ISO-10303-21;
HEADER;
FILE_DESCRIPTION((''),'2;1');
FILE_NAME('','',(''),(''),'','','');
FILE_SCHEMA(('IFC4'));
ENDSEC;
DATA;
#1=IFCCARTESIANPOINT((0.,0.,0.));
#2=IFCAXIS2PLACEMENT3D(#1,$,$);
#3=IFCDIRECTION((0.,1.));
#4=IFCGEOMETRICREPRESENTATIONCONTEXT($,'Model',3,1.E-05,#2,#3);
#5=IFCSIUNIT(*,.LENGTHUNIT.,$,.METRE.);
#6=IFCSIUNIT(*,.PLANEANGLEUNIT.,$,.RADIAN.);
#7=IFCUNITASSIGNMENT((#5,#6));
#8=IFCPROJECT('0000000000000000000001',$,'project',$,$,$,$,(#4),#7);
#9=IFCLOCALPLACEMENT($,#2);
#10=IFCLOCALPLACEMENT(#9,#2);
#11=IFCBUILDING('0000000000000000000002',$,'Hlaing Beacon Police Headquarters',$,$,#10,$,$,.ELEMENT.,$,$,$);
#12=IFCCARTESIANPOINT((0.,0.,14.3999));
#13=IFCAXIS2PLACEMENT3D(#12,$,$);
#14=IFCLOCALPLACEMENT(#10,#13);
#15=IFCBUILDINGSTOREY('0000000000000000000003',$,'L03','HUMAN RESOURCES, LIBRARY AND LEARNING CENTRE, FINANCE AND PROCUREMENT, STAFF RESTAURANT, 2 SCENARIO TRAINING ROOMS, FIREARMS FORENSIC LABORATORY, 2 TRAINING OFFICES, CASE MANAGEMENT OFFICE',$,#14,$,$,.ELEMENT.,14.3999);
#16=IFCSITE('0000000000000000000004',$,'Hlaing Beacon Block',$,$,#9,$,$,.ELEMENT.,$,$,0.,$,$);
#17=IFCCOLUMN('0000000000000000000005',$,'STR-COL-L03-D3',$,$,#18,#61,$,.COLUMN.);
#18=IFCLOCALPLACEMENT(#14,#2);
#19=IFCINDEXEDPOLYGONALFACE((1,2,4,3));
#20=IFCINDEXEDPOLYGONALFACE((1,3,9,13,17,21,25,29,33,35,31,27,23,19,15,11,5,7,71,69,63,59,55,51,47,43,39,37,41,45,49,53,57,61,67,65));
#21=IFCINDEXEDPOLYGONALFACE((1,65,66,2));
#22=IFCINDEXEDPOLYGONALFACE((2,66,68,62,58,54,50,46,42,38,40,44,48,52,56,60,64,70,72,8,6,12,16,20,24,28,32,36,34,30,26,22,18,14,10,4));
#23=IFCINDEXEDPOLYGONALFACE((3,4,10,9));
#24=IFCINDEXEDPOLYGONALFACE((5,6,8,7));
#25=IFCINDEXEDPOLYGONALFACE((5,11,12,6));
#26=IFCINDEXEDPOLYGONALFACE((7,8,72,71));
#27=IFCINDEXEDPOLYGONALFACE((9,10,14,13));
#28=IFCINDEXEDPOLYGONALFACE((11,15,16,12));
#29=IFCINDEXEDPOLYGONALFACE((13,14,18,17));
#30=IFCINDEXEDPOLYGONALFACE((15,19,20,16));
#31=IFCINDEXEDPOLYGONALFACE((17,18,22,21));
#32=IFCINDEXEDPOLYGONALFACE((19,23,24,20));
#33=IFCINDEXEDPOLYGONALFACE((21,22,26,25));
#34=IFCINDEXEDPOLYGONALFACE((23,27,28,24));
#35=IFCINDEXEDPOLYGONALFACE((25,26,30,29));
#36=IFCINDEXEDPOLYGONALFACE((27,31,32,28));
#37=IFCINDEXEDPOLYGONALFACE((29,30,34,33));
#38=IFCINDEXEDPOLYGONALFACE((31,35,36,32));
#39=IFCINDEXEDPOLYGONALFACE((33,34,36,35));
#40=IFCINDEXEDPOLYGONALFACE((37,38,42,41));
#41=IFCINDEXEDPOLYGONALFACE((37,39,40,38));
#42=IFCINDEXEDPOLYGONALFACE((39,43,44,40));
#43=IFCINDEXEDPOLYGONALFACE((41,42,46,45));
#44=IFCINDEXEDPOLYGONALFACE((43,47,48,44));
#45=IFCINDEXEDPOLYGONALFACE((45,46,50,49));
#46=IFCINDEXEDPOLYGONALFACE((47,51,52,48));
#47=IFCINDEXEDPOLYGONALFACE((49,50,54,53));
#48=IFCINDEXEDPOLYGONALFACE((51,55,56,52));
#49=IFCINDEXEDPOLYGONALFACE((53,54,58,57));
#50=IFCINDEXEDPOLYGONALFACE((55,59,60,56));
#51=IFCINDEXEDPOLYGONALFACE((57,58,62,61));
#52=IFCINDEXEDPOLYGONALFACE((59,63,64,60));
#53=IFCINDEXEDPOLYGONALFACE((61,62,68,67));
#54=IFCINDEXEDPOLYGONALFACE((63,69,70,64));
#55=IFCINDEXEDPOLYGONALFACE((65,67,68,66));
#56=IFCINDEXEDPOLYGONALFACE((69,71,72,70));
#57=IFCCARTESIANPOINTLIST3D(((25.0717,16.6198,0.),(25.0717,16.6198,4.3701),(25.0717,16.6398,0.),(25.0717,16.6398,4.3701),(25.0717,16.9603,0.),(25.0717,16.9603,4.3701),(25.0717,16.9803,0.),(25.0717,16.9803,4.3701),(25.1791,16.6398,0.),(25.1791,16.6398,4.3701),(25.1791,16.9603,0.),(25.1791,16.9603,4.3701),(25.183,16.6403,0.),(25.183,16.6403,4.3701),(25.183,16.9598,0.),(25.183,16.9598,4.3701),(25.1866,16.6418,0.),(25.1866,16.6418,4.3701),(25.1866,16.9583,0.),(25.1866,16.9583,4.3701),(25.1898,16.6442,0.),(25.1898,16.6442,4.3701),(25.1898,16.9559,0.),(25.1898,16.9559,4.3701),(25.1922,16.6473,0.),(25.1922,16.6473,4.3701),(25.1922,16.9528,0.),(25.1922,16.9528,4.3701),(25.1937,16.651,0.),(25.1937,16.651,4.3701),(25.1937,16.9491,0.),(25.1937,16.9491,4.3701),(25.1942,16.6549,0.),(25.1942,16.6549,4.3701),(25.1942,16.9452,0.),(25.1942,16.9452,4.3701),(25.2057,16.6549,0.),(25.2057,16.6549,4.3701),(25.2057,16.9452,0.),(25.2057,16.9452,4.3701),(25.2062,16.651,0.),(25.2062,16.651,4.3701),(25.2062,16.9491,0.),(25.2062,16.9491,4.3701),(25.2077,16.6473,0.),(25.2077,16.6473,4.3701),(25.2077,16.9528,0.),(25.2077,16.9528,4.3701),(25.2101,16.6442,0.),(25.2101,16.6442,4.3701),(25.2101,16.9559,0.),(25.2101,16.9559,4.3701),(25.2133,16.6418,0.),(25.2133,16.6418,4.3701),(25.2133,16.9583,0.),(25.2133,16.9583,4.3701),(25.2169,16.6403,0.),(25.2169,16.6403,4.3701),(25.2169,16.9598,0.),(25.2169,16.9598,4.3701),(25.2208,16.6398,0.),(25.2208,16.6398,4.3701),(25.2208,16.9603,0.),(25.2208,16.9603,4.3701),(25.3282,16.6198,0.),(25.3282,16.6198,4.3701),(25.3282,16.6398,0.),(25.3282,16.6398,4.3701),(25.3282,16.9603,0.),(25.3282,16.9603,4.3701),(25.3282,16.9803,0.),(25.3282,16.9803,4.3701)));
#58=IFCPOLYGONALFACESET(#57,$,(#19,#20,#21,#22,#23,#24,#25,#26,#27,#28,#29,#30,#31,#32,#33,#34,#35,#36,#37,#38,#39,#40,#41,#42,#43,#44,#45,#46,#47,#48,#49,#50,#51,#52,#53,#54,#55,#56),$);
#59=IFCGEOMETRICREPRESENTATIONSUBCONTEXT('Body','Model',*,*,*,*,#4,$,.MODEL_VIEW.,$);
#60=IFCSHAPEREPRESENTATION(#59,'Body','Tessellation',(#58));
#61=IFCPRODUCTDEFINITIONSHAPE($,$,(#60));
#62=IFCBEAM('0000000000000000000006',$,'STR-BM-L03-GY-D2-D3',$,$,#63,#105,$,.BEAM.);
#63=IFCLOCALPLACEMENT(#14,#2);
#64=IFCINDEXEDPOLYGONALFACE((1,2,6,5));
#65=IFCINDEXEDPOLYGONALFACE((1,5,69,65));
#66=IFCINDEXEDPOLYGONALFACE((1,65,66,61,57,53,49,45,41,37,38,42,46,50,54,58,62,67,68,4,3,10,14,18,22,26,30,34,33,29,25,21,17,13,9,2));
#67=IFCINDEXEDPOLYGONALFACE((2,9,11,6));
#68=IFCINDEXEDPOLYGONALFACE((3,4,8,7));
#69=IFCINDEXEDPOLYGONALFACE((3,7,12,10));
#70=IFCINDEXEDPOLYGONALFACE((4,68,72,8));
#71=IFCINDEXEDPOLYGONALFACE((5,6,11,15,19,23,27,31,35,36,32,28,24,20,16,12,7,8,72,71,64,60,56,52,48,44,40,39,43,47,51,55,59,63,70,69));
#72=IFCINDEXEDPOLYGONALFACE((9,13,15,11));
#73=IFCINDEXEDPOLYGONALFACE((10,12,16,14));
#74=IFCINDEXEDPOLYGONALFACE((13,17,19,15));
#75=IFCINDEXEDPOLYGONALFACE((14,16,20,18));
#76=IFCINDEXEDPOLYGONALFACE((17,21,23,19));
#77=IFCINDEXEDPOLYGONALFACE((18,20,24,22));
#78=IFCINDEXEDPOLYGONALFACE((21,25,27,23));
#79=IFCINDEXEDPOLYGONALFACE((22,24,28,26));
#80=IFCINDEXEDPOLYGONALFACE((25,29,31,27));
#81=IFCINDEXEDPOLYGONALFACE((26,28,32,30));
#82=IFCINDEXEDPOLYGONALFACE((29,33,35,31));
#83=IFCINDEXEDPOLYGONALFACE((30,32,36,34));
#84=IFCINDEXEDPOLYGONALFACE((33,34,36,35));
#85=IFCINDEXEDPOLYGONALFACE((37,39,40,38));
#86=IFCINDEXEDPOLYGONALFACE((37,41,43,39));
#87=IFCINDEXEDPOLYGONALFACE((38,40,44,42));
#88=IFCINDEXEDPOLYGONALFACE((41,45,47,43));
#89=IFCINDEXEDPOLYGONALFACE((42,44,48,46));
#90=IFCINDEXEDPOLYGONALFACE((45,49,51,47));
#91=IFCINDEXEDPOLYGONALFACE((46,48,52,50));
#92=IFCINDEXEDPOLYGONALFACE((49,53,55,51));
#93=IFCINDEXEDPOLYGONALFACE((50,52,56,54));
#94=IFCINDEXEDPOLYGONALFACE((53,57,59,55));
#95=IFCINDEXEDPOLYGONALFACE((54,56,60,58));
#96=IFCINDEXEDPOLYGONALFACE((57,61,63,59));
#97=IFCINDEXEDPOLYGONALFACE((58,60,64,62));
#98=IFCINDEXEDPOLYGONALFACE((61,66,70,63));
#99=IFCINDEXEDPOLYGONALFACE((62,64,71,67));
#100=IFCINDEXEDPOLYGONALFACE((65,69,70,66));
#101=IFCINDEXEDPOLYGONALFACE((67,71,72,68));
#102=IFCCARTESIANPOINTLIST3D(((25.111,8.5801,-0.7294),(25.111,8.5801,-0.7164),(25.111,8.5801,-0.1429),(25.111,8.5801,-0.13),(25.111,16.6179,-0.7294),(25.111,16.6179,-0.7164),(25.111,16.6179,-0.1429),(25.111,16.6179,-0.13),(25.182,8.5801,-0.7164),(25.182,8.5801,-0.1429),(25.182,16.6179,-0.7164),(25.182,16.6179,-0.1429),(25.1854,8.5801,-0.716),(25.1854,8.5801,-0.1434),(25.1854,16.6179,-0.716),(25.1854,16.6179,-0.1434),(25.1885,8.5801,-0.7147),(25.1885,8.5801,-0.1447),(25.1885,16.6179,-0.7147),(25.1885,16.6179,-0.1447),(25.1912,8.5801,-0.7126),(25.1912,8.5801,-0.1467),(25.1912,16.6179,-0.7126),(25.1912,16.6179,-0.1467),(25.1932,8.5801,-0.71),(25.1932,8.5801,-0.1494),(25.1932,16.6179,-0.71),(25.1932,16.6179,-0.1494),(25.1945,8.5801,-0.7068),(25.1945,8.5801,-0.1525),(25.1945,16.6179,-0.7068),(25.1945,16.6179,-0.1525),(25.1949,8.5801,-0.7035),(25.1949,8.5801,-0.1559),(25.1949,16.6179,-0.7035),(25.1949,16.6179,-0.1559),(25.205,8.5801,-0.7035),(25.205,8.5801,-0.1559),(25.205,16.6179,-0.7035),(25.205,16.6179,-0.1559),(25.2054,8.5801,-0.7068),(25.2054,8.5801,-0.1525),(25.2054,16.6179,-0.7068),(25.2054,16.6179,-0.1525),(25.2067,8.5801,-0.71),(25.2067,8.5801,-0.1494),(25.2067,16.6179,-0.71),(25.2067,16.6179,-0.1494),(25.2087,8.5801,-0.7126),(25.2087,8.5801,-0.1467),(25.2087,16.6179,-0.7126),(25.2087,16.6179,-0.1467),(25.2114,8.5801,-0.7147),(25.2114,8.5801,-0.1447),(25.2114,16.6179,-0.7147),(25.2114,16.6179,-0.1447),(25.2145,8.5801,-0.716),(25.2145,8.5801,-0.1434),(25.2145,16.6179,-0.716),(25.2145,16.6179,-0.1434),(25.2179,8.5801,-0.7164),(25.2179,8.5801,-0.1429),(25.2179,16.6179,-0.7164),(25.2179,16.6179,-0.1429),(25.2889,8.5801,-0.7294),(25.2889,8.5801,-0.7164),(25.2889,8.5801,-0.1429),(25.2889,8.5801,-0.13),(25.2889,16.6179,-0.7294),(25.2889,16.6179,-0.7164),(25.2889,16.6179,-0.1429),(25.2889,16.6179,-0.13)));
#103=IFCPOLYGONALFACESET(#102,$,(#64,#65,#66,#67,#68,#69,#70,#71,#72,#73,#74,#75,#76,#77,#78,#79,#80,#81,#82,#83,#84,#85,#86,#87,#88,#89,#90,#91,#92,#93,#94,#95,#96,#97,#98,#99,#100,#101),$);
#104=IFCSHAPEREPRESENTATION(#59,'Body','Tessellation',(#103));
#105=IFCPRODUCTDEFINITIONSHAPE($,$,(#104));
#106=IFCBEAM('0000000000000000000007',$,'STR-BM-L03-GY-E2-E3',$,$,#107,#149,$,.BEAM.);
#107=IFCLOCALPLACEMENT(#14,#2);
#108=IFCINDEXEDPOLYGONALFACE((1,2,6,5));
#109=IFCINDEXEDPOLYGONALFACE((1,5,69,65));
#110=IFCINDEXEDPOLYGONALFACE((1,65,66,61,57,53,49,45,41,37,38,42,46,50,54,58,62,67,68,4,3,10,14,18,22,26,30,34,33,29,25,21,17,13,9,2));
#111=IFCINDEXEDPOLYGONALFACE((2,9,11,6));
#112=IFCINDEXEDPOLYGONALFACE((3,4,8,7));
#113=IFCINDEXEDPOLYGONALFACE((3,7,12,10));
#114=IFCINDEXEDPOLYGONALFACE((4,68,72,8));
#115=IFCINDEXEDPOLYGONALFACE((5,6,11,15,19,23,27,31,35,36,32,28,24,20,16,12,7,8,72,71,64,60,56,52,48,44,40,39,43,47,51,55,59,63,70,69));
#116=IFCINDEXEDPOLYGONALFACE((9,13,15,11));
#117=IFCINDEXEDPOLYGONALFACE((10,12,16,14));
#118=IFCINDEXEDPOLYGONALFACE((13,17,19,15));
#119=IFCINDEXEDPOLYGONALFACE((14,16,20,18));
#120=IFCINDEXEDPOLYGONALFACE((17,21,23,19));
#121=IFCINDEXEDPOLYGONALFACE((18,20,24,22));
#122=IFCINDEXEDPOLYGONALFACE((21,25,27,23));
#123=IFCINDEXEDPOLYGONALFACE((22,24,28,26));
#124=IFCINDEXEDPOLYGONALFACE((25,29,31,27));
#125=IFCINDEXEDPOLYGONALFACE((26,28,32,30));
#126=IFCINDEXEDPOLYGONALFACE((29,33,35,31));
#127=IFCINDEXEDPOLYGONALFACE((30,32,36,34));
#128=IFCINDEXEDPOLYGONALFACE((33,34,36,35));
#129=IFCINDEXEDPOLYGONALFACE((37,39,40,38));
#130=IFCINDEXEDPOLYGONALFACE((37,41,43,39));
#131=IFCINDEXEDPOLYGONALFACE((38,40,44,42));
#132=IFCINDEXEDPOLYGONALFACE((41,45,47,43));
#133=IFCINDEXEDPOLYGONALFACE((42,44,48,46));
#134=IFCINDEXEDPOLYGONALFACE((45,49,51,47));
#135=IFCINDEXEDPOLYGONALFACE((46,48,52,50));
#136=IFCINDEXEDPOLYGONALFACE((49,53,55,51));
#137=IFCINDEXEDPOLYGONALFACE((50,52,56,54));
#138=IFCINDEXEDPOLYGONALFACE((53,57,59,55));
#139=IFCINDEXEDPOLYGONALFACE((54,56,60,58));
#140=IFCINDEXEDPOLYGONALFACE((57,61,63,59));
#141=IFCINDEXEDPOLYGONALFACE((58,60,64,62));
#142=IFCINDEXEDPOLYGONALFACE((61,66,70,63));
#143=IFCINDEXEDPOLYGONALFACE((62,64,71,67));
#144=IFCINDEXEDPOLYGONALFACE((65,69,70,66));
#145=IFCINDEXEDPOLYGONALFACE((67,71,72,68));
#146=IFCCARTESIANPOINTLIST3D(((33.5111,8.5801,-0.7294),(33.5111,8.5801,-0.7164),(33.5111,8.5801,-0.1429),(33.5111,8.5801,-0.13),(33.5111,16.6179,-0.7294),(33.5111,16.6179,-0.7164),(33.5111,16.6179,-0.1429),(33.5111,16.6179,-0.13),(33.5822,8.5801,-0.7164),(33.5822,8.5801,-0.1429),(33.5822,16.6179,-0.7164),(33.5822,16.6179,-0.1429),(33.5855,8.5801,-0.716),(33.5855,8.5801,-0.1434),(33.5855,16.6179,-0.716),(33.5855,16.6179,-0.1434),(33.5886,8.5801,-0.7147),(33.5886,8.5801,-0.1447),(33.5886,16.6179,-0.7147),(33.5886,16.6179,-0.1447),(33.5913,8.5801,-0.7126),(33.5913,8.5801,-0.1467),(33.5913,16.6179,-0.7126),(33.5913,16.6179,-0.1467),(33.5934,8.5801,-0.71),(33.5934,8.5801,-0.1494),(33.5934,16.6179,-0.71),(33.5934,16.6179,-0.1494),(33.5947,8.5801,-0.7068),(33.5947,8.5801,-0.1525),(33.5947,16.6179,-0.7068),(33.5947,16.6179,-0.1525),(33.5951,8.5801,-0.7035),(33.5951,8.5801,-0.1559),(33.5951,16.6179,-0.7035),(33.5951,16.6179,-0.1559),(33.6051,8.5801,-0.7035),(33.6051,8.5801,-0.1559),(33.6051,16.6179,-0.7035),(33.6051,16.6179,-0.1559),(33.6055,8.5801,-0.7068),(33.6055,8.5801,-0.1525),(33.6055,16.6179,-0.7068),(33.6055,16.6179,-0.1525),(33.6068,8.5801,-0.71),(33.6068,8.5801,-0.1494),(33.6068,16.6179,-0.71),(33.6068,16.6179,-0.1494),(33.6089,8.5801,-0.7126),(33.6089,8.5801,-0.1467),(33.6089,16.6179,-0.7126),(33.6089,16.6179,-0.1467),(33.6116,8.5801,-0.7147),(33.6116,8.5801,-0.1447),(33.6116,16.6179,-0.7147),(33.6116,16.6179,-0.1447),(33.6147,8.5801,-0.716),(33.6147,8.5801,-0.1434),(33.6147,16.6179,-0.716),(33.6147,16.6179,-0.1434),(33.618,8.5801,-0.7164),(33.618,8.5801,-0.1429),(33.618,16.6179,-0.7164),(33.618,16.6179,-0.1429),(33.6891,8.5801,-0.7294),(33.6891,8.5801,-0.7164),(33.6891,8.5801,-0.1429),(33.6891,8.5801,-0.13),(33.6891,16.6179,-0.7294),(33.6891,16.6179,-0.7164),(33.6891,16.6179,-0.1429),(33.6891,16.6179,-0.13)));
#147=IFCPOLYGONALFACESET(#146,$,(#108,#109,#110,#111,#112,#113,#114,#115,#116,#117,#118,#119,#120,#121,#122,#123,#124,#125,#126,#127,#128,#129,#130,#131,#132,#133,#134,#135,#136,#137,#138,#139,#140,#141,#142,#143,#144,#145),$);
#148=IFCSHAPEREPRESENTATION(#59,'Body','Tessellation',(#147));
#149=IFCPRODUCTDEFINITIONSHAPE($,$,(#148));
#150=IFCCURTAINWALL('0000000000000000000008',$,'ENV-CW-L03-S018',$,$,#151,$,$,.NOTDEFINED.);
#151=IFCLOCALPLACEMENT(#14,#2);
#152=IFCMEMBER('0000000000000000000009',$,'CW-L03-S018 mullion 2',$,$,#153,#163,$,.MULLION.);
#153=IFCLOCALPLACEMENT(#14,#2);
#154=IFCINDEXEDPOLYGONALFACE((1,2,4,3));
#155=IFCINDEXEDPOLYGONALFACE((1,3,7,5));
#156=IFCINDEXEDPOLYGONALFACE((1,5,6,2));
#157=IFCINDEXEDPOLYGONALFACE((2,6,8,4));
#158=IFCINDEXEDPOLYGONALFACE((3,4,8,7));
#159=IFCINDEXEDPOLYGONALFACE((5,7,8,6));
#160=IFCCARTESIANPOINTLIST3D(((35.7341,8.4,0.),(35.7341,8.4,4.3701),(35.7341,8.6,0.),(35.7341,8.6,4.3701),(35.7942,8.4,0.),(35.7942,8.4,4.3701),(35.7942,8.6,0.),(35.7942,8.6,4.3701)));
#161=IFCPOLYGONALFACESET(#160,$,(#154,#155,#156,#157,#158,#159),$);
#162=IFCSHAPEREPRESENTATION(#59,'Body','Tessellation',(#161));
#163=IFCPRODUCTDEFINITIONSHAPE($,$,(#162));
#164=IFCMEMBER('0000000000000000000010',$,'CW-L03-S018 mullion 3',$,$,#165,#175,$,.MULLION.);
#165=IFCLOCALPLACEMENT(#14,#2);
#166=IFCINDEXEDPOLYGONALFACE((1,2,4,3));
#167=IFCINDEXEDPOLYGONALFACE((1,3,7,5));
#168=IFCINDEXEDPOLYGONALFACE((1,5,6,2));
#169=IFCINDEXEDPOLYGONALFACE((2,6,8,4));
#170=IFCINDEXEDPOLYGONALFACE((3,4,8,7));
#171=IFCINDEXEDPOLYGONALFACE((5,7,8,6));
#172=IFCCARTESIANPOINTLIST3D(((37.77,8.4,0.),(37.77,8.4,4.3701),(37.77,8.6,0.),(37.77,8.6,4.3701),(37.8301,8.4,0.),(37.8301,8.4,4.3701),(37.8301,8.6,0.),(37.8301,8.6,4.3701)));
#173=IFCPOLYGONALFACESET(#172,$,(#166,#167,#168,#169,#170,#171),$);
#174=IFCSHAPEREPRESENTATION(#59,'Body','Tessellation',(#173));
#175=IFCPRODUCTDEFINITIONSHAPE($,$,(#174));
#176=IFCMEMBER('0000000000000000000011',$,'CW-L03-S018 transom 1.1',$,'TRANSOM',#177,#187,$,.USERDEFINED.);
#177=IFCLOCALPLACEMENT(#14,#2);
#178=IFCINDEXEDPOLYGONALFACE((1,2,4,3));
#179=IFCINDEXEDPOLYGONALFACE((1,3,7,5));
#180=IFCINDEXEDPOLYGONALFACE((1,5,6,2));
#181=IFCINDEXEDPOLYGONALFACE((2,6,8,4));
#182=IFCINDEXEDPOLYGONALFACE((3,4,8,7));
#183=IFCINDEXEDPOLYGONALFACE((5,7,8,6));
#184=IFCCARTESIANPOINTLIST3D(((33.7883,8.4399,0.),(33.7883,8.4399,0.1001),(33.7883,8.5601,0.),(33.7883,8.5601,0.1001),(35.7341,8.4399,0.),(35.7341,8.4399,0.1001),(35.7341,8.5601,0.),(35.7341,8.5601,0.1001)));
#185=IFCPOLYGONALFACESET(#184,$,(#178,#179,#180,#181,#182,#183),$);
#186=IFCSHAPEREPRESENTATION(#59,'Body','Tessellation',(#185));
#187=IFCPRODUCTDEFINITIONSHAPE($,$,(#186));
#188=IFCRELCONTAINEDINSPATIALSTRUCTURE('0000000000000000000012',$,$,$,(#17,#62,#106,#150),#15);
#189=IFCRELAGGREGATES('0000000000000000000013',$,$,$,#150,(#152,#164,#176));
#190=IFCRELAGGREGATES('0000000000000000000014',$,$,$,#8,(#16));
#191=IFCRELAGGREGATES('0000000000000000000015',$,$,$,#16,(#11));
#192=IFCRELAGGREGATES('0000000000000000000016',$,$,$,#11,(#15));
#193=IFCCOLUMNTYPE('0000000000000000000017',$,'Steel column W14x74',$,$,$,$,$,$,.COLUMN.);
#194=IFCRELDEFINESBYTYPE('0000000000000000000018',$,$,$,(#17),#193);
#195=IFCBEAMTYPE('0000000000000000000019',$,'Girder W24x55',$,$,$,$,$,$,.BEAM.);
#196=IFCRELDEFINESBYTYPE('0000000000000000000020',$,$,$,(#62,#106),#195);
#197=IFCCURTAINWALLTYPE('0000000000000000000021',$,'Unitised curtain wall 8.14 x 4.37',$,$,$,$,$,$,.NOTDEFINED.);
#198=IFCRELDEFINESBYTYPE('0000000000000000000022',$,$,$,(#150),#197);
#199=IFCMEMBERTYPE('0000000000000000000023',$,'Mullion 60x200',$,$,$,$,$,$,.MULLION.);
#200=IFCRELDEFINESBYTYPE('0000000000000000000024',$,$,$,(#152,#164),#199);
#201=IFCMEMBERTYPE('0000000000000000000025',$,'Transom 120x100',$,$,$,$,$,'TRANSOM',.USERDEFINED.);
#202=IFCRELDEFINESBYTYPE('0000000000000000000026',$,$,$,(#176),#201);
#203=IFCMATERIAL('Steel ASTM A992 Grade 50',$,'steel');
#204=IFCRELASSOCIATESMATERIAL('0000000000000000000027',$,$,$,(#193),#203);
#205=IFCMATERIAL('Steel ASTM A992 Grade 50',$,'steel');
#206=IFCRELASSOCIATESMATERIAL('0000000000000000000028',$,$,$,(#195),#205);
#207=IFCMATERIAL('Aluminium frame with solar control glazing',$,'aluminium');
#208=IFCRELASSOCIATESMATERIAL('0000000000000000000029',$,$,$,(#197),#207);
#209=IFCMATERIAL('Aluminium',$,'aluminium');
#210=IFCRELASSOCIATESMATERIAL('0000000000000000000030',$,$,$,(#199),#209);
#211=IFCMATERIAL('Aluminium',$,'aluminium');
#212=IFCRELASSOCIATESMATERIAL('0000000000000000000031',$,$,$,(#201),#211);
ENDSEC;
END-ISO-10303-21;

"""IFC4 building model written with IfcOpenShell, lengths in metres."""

from ifc_helpers import new_model, si_unit, direction, frame, origin, origin_2d, place, context, subcontext, project, spatial, rectangle, i_section, extrude, material, material_profile, profile_set, type_object, element, aggregate, save


model = new_model("IFC4")

# Units and contexts
model_context = context("Model", 3, precision=1e-05, world=origin(), true_north=direction((0.0, 1.0)))
body_context = subcontext(model_context, "Body", "Model", "MODEL_VIEW")
ifc_project = project(units=[si_unit("LENGTHUNIT", "METRE"), si_unit("PLANEANGLEUNIT", "RADIAN")], contexts=[model_context])

# Site, building, storey
site_placement = place(None, origin())
site = spatial("IfcSite", under=ifc_project, at=site_placement, Name="Hlaing Beacon Block", CompositionType="ELEMENT", RefElevation=0.0)
building_placement = place(site_placement, origin())
building = spatial("IfcBuilding", under=site, at=building_placement, Name="Hlaing Beacon Police Headquarters", CompositionType="ELEMENT")
storey_placement = place(building_placement, frame((0.0, 0.0, 14.3999)))
storey = spatial("IfcBuildingStorey", under=building, at=storey_placement, Name="L03", Description="HUMAN RESOURCES, LIBRARY AND LEARNING CENTRE, FINANCE AND PROCUREMENT, STAFF RESTAURANT, 2 SCENARIO TRAINING ROOMS, FIREARMS FORENSIC LABORATORY, 2 TRAINING OFFICES, CASE MANAGEMENT OFFICE", CompositionType="ELEMENT", Elevation=14.3999)

# Column
ifc_material_1 = material(Name="Steel ASTM A992 Grade 50", Category="steel")
ifc_material_profile_1 = material_profile(ifc_material_1, i_section(OverallWidth=0.2566, OverallDepth=0.3606, WebThickness=0.0115, FlangeThickness=0.02, FilletRadius=0.0151, at=origin_2d()), Name="W14x74")
ifc_profile_set_1 = profile_set([ifc_material_profile_1], Name="Steel ASTM A992 Grade 50")
column_type = type_object("IfcColumnType", Name="Steel column W14x74", PredefinedType="COLUMN", material=ifc_profile_set_1)
column_placement = place(storey_placement, frame((25.2, 16.8, 0.0), z_axis=(0.0, 0.0, 1.0), x_axis=(1.0, 0.0, 0.0)))
element("IfcColumn", 1, at=column_placement, inside=storey, type_object=column_type, Name="STR-COL-L03-D3", PredefinedType="COLUMN", context=body_context, shape_type="SweptSolid", body=[
    extrude(i_section(OverallWidth=0.2566, OverallDepth=0.3606, WebThickness=0.0115, FlangeThickness=0.02, FilletRadius=0.0151, at=origin_2d()), origin(), (0.0, 0.0, 1.0), 4.3701),
])

# Beams
ifc_material_2 = material(Name="Steel ASTM A992 Grade 50", Category="steel")
ifc_material_profile_2 = material_profile(ifc_material_2, i_section(OverallWidth=0.178, OverallDepth=0.5994, WebThickness=0.01, FlangeThickness=0.0129, FilletRadius=0.0129, at=origin_2d()), Name="W24x55")
ifc_profile_set_2 = profile_set([ifc_material_profile_2], Name="Steel ASTM A992 Grade 50")
beam_type = type_object("IfcBeamType", Name="Girder W24x55", PredefinedType="BEAM", material=ifc_profile_set_2)
for number, where, z_axis, x_axis, name in (
    (2, (25.2, 8.5801, -0.4297), (0.0, 1.0, 0.0), (-1.0, 0.0, 0.0), "STR-BM-L03-GY-D2-D3"),
    (3, (33.6001, 8.5801, -0.4297), (0.0, 1.0, 0.0), (-1.0, 0.0, 0.0), "STR-BM-L03-GY-E2-E3"),
):
    element("IfcBeam", number, at=place(storey_placement, frame(where, z_axis=z_axis, x_axis=x_axis)), inside=storey, type_object=beam_type, Name=name, PredefinedType="BEAM", context=body_context, shape_type="SweptSolid", body=[
        extrude(i_section(OverallWidth=0.178, OverallDepth=0.5994, WebThickness=0.01, FlangeThickness=0.0129, FilletRadius=0.0129, at=origin_2d()), origin(), (0.0, 0.0, 1.0), 8.0378),
    ])

# Curtain wall, members
ifc_material_3 = material(Name="Aluminium frame with solar control glazing", Category="aluminium")
curtain_wall_type = type_object("IfcCurtainWallType", Name="Unitised curtain wall 8.14 x 4.37", PredefinedType="NOTDEFINED", material=ifc_material_3)
curtain_wall_placement = place(storey_placement, origin())
curtain_wall = element("IfcCurtainWall", 4, at=curtain_wall_placement, inside=storey, type_object=curtain_wall_type, Name="ENV-CW-L03-S018", PredefinedType="NOTDEFINED")
ifc_material_4 = material(Name="Aluminium", Category="aluminium")
ifc_material_profile_3 = material_profile(ifc_material_4, rectangle(XDim=0.2, YDim=0.0601, at=origin_2d()), Name="Mullion 60x200")
ifc_profile_set_3 = profile_set([ifc_material_profile_3], Name="Aluminium")
member_type_1 = type_object("IfcMemberType", Name="Mullion 60x200", PredefinedType="MULLION", material=ifc_profile_set_3)
member_1_placement = place(storey_placement, frame((35.7642, 8.5, 0.0), z_axis=(0.0, 0.0, 1.0), x_axis=(0.0, 1.0, 0.0)))
member_1 = element("IfcMember", 5, at=member_1_placement, type_object=member_type_1, Name="CW-L03-S018 mullion 2", PredefinedType="MULLION", context=body_context, shape_type="SweptSolid", body=[
    extrude(rectangle(XDim=0.2, YDim=0.0601, at=origin_2d()), origin(), (0.0, 0.0, 1.0), 4.3701),
])
member_2_placement = place(storey_placement, frame((37.8, 8.5, 0.0), z_axis=(0.0, 0.0, 1.0), x_axis=(0.0, 1.0, 0.0)))
member_2 = element("IfcMember", 6, at=member_2_placement, type_object=member_type_1, Name="CW-L03-S018 mullion 3", PredefinedType="MULLION", context=body_context, shape_type="SweptSolid", body=[
    extrude(rectangle(XDim=0.2, YDim=0.0601, at=origin_2d()), origin(), (0.0, 0.0, 1.0), 4.3701),
])
ifc_material_5 = material(Name="Aluminium", Category="aluminium")
ifc_material_profile_4 = material_profile(ifc_material_5, rectangle(XDim=0.1201, YDim=0.1001, at=origin_2d()), Name="Transom 120x100")
ifc_profile_set_4 = profile_set([ifc_material_profile_4], Name="Aluminium")
member_type_2 = type_object("IfcMemberType", Name="Transom 120x100", ElementType="TRANSOM", PredefinedType="USERDEFINED", material=ifc_profile_set_4)
member_3_placement = place(storey_placement, frame((33.7883, 8.5, 0.05), z_axis=(1.0, 0.0, 0.0), x_axis=(0.0, 1.0, 0.0)))
member_3 = element("IfcMember", 7, at=member_3_placement, type_object=member_type_2, Name="CW-L03-S018 transom 1.1", ObjectType="TRANSOM", PredefinedType="USERDEFINED", context=body_context, shape_type="SweptSolid", body=[
    extrude(rectangle(XDim=0.1201, YDim=0.1001, at=origin_2d()), origin(), (0.0, 0.0, 1.0), 1.9458),
])
aggregate(curtain_wall, [member_1, member_2, member_3])

save(model, "model.ifc")
